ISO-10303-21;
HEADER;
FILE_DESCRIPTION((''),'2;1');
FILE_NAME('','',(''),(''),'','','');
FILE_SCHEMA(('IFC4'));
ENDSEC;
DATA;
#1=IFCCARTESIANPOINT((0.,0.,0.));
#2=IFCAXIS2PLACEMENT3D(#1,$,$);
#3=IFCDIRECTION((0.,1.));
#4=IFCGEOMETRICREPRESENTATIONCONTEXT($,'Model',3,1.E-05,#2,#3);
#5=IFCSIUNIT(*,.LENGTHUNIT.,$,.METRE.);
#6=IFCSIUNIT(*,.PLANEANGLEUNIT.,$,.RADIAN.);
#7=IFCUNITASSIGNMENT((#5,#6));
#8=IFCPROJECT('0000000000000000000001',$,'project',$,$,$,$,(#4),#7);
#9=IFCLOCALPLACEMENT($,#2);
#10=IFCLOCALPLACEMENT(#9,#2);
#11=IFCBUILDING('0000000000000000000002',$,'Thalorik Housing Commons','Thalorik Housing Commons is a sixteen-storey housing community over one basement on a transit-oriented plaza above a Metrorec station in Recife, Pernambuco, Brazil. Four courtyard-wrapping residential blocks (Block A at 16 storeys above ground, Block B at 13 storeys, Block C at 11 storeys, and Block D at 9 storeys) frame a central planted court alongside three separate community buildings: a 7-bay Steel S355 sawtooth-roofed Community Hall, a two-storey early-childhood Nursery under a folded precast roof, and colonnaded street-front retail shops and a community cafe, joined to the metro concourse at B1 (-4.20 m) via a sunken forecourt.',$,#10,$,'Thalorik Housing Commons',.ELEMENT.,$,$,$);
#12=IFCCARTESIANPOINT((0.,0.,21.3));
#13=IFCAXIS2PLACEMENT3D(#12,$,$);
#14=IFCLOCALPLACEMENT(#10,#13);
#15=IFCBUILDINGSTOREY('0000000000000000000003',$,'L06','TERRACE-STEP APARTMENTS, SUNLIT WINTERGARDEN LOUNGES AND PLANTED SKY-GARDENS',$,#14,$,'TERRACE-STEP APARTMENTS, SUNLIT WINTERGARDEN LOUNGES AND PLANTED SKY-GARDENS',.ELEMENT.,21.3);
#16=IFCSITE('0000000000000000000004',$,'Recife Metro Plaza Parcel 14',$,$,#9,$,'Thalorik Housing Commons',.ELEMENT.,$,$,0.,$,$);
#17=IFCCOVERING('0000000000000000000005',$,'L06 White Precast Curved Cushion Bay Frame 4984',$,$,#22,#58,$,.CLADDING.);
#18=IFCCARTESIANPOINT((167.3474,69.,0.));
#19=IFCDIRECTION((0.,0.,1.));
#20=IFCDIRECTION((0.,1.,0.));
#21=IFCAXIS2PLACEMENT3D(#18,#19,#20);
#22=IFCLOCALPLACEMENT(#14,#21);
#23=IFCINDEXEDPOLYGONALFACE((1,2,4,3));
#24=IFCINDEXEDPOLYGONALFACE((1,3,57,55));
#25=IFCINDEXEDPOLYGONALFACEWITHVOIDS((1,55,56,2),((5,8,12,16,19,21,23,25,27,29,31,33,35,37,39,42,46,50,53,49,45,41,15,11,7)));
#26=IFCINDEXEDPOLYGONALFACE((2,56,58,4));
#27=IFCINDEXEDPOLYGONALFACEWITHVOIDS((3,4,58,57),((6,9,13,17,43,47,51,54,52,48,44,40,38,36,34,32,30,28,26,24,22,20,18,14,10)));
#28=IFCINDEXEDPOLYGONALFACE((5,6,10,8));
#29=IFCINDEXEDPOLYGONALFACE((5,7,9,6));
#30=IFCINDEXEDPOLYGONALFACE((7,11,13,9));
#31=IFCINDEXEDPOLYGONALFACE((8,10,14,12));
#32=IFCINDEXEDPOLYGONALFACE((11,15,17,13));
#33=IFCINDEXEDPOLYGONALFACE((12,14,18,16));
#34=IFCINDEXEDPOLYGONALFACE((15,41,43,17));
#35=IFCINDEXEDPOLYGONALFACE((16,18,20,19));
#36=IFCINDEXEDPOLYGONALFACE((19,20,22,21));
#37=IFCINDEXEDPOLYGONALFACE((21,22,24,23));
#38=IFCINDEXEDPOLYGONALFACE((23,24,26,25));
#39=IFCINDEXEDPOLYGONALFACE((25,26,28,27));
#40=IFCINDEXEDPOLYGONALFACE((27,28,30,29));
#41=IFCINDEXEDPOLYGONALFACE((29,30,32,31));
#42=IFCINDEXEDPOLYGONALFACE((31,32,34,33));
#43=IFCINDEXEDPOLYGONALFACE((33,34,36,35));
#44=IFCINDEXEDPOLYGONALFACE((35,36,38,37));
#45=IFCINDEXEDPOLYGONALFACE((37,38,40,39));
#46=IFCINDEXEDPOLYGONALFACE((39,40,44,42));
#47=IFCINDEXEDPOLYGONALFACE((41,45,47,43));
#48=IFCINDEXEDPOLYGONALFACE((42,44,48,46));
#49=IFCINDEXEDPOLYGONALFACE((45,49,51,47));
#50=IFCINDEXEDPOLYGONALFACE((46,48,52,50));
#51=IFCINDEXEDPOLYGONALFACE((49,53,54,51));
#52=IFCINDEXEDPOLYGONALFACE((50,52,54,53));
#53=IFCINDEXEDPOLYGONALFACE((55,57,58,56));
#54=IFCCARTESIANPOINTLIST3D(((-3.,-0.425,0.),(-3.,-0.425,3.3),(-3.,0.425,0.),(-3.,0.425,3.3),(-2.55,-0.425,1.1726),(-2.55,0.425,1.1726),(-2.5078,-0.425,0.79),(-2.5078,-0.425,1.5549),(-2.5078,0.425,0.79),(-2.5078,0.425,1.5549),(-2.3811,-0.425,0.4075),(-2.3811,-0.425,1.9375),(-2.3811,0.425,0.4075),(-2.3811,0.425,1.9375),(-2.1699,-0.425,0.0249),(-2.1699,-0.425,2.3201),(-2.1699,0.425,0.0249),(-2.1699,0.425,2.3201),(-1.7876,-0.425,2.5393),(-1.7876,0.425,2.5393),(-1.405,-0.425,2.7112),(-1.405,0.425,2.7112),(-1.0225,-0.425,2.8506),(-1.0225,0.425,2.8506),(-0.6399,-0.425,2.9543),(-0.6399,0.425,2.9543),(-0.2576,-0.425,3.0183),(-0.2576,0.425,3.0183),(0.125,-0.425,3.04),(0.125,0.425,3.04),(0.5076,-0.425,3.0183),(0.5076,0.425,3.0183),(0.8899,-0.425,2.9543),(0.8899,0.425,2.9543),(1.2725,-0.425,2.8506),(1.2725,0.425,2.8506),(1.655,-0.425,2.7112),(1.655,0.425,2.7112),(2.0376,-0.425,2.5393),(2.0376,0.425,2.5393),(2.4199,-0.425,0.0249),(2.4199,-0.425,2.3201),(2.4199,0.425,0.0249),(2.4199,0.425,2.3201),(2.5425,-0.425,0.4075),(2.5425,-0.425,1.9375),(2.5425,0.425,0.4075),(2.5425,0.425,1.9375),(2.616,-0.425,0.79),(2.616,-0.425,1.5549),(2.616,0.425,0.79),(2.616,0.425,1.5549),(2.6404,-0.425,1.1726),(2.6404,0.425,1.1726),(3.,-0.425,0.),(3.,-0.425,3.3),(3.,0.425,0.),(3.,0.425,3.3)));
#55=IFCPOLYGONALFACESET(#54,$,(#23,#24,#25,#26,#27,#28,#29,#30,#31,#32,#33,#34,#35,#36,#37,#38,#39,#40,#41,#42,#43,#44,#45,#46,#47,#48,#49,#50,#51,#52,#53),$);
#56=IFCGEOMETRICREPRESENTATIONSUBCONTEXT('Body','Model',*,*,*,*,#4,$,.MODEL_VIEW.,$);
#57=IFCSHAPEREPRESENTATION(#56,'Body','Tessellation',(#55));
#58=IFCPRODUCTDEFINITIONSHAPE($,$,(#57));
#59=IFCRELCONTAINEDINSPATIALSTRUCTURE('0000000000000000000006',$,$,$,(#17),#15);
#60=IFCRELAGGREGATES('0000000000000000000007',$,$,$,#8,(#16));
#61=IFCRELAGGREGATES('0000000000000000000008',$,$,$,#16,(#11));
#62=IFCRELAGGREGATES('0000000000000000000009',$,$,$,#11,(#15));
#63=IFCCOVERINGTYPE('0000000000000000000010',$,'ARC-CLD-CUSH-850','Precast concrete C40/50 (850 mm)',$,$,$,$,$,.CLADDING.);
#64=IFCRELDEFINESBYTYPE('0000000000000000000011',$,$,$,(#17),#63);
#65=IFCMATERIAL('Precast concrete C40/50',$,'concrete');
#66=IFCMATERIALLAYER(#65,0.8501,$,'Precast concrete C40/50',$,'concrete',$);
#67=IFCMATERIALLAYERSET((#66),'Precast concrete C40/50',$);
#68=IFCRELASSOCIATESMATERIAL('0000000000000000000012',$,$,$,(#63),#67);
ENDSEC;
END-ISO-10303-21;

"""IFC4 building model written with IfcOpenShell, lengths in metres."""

from ifc_helpers import new_model, si_unit, direction, frame, origin, place, context, subcontext, project, spatial, polyline, outline, extrude, material, layer, layer_set, type_object, element, save


model = new_model("IFC4")

# Units and contexts
model_context = context("Model", 3, precision=1e-05, world=origin(), true_north=direction((0.0, 1.0)))
body_context = subcontext(model_context, "Body", "Model", "MODEL_VIEW")
ifc_project = project(units=[si_unit("LENGTHUNIT", "METRE"), si_unit("PLANEANGLEUNIT", "RADIAN")], contexts=[model_context])

# Site, building, storey
site_placement = place(None, origin())
site = spatial("IfcSite", under=ifc_project, at=site_placement, Name="Recife Metro Plaza Parcel 14", LongName="Thalorik Housing Commons", CompositionType="ELEMENT", RefElevation=0.0)
building_placement = place(site_placement, origin())
building = spatial("IfcBuilding", under=site, at=building_placement, Name="Thalorik Housing Commons", Description="Thalorik Housing Commons is a sixteen-storey housing community over one basement on a transit-oriented plaza above a Metrorec station in Recife, Pernambuco, Brazil. Four courtyard-wrapping residential blocks (Block A at 16 storeys above ground, Block B at 13 storeys, Block C at 11 storeys, and Block D at 9 storeys) frame a central planted court alongside three separate community buildings: a 7-bay Steel S355 sawtooth-roofed Community Hall, a two-storey early-childhood Nursery under a folded precast roof, and colonnaded street-front retail shops and a community cafe, joined to the metro concourse at B1 (-4.20 m) via a sunken forecourt.", LongName="Thalorik Housing Commons", CompositionType="ELEMENT")
storey_placement = place(building_placement, frame((0.0, 0.0, 21.3)))
storey = spatial("IfcBuildingStorey", under=building, at=storey_placement, Name="L06", Description="TERRACE-STEP APARTMENTS, SUNLIT WINTERGARDEN LOUNGES AND PLANTED SKY-GARDENS", LongName="TERRACE-STEP APARTMENTS, SUNLIT WINTERGARDEN LOUNGES AND PLANTED SKY-GARDENS", CompositionType="ELEMENT", Elevation=21.3)

# Shared definitions
ifc_material_1 = material(Name="Precast concrete C40/50", Category="concrete")

# Covering
ifc_layer_1 = layer(ifc_material_1, 0.8501, Name="Precast concrete C40/50", Category="concrete")
ifc_layer_set_1 = layer_set([ifc_layer_1], Name="Precast concrete C40/50")
covering_type_1 = type_object("IfcCoveringType", Name="ARC-CLD-CUSH-850", Description="Precast concrete C40/50 (850 mm)", PredefinedType="CLADDING", material=ifc_layer_set_1)
covering_1_placement = place(storey_placement, frame((167.3474, 69.0, 0.0), z_axis=(0.0, 0.0, 1.0), x_axis=(0.0, 1.0, 0.0)))
element("IfcCovering", 1, at=covering_1_placement, inside=storey, type_object=covering_type_1, Name="L06 White Precast Curved Cushion Bay Frame 4984", PredefinedType="CLADDING", context=body_context, shape_type="SweptSolid", body=[
    extrude(outline(polyline([(-3.0, 0.0), (3.0, 0.0), (3.0, 3.3), (-3.0, 3.3), (-3.0, 0.0)]), holes=[polyline([(2.4199, 0.0249), (2.5425, 0.4075), (2.616, 0.79), (2.6404, 1.1726), (2.616, 1.5549), (2.5425, 1.9375), (2.4199, 2.3201), (2.0376, 2.5393), (1.655, 2.7112), (1.2725, 2.8506), (0.8899, 2.9543), (0.5076, 3.0183), (0.125, 3.04), (-0.2576, 3.0183), (-0.6399, 2.9543), (-1.0225, 2.8506), (-1.405, 2.7112), (-1.7876, 2.5393), (-2.1699, 2.3201), (-2.3811, 1.9375), (-2.5078, 1.5549), (-2.55, 1.1726), (-2.5078, 0.79), (-2.3811, 0.4075), (-2.1699, 0.0249), (2.4199, 0.0249)])]), frame((0.0, 0.425, 0.0), z_axis=(0.0, -1.0, 0.0), x_axis=(1.0, 0.0, 0.0)), (0.0, 0.0, 1.0), 0.8501),
])

save(model, "model.ifc")
